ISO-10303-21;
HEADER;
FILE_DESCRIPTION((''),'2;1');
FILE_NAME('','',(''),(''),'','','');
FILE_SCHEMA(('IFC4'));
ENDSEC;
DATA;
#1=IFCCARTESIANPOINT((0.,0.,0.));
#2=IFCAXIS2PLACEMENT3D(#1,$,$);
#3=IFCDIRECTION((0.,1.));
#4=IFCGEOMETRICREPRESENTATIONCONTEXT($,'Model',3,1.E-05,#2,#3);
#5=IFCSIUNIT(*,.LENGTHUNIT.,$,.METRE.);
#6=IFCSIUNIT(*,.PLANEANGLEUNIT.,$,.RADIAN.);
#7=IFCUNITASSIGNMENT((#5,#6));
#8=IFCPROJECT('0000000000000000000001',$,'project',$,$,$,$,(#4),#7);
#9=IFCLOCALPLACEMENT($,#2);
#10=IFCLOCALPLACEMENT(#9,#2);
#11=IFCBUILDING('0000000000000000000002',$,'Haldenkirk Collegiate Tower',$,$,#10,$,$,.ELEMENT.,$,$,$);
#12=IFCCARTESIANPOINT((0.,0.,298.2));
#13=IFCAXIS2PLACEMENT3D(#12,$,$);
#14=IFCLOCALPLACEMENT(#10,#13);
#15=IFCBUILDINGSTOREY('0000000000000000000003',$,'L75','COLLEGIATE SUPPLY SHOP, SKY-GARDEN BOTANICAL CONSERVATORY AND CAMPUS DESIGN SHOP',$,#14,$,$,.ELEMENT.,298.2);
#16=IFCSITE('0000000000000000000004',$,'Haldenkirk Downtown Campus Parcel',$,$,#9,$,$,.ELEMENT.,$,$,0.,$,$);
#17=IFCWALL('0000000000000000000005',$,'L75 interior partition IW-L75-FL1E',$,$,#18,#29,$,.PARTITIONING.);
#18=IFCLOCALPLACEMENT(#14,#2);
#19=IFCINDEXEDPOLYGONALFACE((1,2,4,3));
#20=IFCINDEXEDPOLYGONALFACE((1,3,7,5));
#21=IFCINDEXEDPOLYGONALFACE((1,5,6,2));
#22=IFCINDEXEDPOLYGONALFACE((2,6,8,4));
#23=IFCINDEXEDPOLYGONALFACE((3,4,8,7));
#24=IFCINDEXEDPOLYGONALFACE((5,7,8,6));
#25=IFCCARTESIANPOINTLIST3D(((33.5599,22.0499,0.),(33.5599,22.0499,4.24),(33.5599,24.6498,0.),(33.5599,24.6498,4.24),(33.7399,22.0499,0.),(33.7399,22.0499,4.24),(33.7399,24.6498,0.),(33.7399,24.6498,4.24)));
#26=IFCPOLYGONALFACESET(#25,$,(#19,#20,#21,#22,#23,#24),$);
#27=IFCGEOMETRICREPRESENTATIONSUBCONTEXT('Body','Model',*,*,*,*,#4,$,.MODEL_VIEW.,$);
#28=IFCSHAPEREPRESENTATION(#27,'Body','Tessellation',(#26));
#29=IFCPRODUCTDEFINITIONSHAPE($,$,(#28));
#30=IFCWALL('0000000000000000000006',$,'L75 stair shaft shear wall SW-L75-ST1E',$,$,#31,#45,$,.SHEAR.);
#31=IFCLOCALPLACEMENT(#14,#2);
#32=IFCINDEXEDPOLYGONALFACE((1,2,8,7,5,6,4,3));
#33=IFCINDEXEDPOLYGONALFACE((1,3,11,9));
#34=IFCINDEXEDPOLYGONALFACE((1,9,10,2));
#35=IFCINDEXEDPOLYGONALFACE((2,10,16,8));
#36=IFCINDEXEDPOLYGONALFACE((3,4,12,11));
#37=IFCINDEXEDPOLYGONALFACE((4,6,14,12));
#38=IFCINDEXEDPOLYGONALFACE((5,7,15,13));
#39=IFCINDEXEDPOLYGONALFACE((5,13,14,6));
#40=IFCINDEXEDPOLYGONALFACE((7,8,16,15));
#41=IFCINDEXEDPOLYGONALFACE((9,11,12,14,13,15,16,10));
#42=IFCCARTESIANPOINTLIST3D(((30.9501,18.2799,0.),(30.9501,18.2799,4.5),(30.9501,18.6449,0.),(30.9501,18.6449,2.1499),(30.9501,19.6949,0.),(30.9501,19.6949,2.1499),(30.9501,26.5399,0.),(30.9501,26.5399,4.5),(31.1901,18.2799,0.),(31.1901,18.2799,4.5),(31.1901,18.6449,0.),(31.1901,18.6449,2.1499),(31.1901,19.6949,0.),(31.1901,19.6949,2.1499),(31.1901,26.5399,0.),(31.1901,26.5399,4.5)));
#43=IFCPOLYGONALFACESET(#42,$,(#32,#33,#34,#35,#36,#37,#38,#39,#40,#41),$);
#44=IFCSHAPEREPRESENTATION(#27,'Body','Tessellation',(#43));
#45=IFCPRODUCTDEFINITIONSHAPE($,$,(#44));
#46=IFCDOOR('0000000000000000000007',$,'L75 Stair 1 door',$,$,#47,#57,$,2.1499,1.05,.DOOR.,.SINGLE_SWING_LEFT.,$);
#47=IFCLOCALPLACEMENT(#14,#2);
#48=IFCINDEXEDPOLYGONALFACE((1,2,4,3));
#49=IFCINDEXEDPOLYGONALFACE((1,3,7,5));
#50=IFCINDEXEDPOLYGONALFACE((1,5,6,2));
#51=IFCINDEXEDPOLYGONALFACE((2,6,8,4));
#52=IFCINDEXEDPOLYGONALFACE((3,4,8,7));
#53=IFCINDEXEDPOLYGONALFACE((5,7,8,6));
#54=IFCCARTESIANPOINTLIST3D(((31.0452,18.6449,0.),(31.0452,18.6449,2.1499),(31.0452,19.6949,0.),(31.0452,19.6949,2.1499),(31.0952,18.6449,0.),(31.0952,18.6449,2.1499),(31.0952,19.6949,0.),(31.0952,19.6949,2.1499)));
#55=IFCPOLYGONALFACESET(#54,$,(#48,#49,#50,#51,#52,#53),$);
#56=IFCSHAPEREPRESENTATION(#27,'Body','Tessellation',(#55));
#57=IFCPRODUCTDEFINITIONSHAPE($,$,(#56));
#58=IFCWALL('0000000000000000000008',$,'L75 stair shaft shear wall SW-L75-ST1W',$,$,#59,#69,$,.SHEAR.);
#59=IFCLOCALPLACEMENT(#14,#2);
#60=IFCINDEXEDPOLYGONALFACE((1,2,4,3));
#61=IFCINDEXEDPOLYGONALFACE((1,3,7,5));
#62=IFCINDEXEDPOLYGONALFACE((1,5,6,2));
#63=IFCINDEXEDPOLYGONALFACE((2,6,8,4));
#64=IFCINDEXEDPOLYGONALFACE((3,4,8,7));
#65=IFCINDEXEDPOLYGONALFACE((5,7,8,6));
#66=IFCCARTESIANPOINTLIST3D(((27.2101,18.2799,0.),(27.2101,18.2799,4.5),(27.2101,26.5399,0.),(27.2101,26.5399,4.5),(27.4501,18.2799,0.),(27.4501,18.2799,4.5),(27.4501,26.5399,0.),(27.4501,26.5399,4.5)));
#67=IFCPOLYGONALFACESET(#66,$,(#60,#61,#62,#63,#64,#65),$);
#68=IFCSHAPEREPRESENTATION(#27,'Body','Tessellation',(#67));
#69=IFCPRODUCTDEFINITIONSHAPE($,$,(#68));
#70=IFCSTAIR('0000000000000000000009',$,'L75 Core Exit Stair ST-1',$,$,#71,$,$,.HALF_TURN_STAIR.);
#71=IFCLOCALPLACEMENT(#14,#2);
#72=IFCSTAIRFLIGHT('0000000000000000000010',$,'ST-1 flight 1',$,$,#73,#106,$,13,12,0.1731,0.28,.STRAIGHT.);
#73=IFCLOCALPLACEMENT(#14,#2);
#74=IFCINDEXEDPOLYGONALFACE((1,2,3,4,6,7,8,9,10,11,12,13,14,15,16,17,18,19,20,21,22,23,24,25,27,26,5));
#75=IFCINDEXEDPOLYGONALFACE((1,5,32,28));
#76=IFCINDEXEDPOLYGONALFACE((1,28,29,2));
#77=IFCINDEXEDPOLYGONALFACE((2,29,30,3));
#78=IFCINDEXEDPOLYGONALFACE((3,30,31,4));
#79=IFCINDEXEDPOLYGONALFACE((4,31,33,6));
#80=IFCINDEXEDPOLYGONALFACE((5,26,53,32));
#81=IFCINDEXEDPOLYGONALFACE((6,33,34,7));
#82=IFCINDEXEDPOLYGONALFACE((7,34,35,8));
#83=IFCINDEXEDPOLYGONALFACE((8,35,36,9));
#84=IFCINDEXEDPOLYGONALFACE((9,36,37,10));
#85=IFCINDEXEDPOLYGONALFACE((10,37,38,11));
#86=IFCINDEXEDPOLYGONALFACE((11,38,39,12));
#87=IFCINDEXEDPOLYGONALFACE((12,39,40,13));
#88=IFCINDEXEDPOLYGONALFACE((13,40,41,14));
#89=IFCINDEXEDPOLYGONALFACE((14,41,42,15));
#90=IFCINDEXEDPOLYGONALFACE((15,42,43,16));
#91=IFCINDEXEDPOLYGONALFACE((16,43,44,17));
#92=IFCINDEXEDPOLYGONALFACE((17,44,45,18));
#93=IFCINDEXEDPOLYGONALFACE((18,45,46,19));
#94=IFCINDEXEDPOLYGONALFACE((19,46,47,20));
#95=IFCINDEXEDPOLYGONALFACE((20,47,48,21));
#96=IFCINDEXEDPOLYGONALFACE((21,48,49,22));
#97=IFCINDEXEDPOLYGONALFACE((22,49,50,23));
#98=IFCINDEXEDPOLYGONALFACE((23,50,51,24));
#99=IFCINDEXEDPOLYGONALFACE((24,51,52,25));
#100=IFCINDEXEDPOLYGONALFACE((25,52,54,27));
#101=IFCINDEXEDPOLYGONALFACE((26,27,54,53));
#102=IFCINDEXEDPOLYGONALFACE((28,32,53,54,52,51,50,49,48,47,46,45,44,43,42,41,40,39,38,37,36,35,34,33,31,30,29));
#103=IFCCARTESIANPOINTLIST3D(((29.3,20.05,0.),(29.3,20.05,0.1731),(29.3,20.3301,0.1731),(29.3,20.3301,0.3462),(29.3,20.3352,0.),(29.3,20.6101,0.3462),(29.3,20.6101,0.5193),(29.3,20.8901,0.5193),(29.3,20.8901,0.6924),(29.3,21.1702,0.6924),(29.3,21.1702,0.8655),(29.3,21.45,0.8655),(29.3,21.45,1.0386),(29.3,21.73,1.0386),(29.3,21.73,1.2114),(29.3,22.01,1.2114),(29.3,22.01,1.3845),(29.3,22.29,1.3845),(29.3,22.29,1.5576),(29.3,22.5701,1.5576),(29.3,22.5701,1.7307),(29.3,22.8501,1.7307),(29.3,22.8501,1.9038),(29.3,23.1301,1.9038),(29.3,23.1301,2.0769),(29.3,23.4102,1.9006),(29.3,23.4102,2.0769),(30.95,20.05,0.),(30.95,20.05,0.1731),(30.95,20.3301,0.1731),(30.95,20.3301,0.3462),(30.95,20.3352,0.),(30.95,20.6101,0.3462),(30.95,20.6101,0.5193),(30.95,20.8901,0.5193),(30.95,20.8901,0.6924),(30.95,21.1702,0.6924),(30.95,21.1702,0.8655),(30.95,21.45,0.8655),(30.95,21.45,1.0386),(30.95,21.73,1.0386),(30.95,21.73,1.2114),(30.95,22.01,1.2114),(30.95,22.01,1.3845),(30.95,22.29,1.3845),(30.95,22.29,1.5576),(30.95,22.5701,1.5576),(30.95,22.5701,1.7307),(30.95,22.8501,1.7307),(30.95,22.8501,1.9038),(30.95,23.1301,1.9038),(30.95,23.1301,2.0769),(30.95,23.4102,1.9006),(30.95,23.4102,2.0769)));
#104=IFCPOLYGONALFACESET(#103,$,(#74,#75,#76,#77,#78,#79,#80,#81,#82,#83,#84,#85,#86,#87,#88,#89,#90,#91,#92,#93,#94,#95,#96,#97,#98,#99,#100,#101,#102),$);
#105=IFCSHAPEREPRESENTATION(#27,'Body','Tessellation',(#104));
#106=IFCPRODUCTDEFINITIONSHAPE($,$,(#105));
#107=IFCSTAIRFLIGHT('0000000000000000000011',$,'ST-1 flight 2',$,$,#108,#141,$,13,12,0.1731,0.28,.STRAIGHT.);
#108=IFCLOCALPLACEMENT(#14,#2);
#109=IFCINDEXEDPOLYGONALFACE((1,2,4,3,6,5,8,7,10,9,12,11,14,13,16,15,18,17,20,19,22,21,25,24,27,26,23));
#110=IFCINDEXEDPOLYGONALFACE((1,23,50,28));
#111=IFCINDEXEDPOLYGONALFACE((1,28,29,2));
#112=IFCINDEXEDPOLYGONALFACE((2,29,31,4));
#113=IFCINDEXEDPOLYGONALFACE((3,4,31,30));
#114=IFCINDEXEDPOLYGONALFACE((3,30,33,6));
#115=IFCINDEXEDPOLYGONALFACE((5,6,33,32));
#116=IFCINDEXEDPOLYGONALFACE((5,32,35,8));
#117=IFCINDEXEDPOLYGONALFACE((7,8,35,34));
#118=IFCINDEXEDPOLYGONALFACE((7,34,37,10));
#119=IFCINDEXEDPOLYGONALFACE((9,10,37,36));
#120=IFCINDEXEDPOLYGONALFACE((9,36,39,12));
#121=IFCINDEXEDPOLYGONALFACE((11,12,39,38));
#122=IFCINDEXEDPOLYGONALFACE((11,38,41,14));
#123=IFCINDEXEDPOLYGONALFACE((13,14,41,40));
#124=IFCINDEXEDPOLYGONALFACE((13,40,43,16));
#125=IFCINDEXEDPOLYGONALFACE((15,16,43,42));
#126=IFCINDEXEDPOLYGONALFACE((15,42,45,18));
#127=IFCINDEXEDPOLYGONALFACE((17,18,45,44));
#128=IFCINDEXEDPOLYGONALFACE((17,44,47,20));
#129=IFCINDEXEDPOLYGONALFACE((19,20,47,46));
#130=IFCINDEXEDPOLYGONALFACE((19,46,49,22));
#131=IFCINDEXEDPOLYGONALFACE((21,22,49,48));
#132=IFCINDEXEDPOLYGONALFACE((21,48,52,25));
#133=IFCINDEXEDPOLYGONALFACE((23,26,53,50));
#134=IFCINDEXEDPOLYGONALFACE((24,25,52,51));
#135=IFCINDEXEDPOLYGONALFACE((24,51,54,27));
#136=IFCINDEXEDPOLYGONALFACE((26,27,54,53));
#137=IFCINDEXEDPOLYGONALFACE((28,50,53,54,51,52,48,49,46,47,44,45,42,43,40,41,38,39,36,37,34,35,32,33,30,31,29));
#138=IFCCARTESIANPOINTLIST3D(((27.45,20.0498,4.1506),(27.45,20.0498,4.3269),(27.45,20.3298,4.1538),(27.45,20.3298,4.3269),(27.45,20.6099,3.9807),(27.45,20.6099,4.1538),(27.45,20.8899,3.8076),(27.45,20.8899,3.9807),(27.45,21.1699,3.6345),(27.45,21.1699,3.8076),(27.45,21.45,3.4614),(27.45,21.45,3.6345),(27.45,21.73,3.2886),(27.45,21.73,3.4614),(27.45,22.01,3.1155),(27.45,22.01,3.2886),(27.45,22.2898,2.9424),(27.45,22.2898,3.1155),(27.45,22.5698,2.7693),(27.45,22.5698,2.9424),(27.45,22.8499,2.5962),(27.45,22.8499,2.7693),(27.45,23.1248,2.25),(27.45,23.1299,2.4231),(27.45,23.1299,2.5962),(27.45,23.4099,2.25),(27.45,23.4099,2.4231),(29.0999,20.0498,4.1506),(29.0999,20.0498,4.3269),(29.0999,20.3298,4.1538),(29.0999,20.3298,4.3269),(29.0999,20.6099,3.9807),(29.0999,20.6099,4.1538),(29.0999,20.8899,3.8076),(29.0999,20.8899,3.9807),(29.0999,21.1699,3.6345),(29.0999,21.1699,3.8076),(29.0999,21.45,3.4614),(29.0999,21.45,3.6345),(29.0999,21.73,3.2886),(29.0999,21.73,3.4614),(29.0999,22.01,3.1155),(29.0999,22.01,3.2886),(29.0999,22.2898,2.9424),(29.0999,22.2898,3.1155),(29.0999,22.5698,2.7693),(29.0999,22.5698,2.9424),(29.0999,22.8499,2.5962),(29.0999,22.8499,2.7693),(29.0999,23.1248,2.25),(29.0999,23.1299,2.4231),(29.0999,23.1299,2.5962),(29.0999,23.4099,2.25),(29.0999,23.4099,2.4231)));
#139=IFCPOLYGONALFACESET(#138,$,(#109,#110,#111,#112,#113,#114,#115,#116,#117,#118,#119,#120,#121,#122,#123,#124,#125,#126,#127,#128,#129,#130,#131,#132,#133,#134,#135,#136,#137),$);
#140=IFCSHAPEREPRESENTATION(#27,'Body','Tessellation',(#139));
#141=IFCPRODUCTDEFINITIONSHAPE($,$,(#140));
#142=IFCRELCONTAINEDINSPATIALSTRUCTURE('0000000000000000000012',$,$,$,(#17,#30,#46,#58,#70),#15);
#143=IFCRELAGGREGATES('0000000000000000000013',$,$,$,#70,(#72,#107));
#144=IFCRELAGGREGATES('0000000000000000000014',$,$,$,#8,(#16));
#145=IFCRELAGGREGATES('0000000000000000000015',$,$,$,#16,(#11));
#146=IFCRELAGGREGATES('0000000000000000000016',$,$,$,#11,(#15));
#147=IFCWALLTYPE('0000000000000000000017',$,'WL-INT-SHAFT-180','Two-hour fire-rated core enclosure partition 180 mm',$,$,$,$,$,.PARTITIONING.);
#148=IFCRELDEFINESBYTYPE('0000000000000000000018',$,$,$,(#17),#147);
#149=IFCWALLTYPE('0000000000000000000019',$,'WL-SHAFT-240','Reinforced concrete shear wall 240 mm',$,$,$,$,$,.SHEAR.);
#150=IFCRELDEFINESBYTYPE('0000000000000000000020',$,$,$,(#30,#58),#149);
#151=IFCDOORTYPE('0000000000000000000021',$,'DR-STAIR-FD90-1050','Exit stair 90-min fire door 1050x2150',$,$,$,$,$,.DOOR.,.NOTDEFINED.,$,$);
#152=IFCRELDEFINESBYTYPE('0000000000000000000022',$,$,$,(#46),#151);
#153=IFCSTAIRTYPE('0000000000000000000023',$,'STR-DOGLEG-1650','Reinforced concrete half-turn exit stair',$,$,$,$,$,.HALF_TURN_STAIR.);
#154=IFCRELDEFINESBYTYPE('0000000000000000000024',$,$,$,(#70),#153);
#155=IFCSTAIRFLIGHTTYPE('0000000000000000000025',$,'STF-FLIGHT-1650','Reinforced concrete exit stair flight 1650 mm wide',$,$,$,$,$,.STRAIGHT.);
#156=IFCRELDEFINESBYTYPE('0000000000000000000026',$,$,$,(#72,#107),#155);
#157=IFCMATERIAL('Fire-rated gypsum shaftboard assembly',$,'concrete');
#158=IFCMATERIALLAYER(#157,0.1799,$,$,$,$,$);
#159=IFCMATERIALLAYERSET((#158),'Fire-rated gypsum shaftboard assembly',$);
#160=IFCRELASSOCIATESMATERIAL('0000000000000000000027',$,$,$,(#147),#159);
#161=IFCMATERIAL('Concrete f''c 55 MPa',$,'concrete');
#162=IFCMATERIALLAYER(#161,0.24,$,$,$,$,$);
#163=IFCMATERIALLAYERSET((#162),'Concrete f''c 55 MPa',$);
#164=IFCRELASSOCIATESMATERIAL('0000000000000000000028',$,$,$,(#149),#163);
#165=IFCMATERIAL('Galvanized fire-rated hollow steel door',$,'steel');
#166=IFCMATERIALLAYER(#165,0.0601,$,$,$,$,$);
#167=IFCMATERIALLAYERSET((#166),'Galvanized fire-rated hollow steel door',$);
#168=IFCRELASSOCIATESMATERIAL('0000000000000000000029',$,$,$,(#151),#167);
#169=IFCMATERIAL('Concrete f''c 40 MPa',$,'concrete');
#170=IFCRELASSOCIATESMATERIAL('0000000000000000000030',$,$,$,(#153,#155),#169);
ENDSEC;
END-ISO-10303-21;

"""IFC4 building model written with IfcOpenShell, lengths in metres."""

from ifc_helpers import new_model, si_unit, direction, frame, frame_2d, origin, place, context, subcontext, project, spatial, polyline, rectangle, outline, extrude, material, layer, layer_set, type_object, element, fill, aggregate, save


model = new_model("IFC4")

# Units and contexts
model_context = context("Model", 3, precision=1e-05, world=origin(), true_north=direction((0.0, 1.0)))
body_context = subcontext(model_context, "Body", "Model", "MODEL_VIEW")
ifc_project = project(units=[si_unit("LENGTHUNIT", "METRE"), si_unit("PLANEANGLEUNIT", "RADIAN")], contexts=[model_context])

# Site, building, storey
site_placement = place(None, origin())
site = spatial("IfcSite", under=ifc_project, at=site_placement, Name="Haldenkirk Downtown Campus Parcel", CompositionType="ELEMENT", RefElevation=0.0)
building_placement = place(site_placement, origin())
building = spatial("IfcBuilding", under=site, at=building_placement, Name="Haldenkirk Collegiate Tower", CompositionType="ELEMENT")
storey_placement = place(building_placement, frame((0.0, 0.0, 298.2)))
storey = spatial("IfcBuildingStorey", under=building, at=storey_placement, Name="L75", Description="COLLEGIATE SUPPLY SHOP, SKY-GARDEN BOTANICAL CONSERVATORY AND CAMPUS DESIGN SHOP", CompositionType="ELEMENT", Elevation=298.2)

# Shared definitions
ifc_material_1 = material(Name="Concrete f'c 55 MPa", Category="concrete")
ifc_material_2 = material(Name="Galvanized fire-rated hollow steel door", Category="steel")

# Wall
ifc_material_3 = material(Name="Fire-rated gypsum shaftboard assembly", Category="concrete")
ifc_layer_1 = layer(ifc_material_3, 0.1799)
ifc_layer_set_1 = layer_set([ifc_layer_1], Name="Fire-rated gypsum shaftboard assembly")
wall_type_1 = type_object("IfcWallType", Name="WL-INT-SHAFT-180", Description="Two-hour fire-rated core enclosure partition 180 mm", PredefinedType="PARTITIONING", material=ifc_layer_set_1)
wall_1_placement = place(storey_placement, frame((33.6499, 22.05, 0.0), z_axis=(0.0, 0.0, 1.0), x_axis=(0.0, 1.0, 0.0)))
element("IfcWall", 1, at=wall_1_placement, inside=storey, type_object=wall_type_1, Name="L75 interior partition IW-L75-FL1E", PredefinedType="PARTITIONING", context=body_context, shape_type="SweptSolid", body=[
    extrude(rectangle(XDim=2.5999, YDim=0.1799, at=frame_2d((1.2998, 0.0))), origin(), (0.0, 0.0, 1.0), 4.24),
])

# Wall, opening, door
ifc_layer_2 = layer(ifc_material_1, 0.24)
ifc_layer_set_2 = layer_set([ifc_layer_2], Name="Concrete f'c 55 MPa")
wall_type_2 = type_object("IfcWallType", Name="WL-SHAFT-240", Description="Reinforced concrete shear wall 240 mm", PredefinedType="SHEAR", material=ifc_layer_set_2)
wall_2_placement = place(storey_placement, frame((31.0701, 18.28, 0.0), z_axis=(0.0, 0.0, 1.0), x_axis=(0.0, 1.0, 0.0)))
wall_2 = element("IfcWall", 2, at=wall_2_placement, inside=storey, type_object=wall_type_2, Name="L75 stair shaft shear wall SW-L75-ST1E", PredefinedType="SHEAR", context=body_context, shape_type="SweptSolid", body=[
    extrude(rectangle(XDim=8.26, YDim=0.24, at=frame_2d((4.1299, 0.0))), origin(), (0.0, 0.0, 1.0), 4.5),
])
opening_1_placement = place(wall_2_placement, frame((0.365, 0.0, 0.0)))
opening_1 = element("IfcOpeningElement", 3, at=opening_1_placement, cuts=wall_2, PredefinedType="OPENING", context=body_context, shape_type="SweptSolid", body=[
    extrude(rectangle(XDim=1.05, YDim=2.1499, at=frame_2d((0.5249, 1.075))), frame((0.0, 0.1299, 0.0), z_axis=(0.0, -1.0, 0.0), x_axis=(1.0, 0.0, 0.0)), (0.0, 0.0, 1.0), 0.26),
])
ifc_layer_3 = layer(ifc_material_2, 0.0601)
ifc_layer_set_3 = layer_set([ifc_layer_3], Name="Galvanized fire-rated hollow steel door")
door_type_1 = type_object("IfcDoorType", Name="DR-STAIR-FD90-1050", Description="Exit stair 90-min fire door 1050x2150", OperationType="NOTDEFINED", PredefinedType="DOOR", material=ifc_layer_set_3)
door_1_placement = place(opening_1_placement, origin())
door_1 = element("IfcDoor", 4, at=door_1_placement, inside=storey, type_object=door_type_1, Name="L75 Stair 1 door", OperationType="SINGLE_SWING_LEFT", OverallHeight=2.1499, OverallWidth=1.05, PredefinedType="DOOR", context=body_context, shape_type="SweptSolid", body=[
    extrude(rectangle(XDim=1.05, YDim=2.1499, at=frame_2d((0.5249, 1.075))), frame((0.0, 0.0249, 0.0), z_axis=(0.0, -1.0, 0.0), x_axis=(1.0, 0.0, 0.0)), (0.0, 0.0, 1.0), 0.05),
])
fill(opening_1, door_1)

# Wall
wall_3_placement = place(storey_placement, frame((27.3301, 18.28, 0.0), z_axis=(0.0, 0.0, 1.0), x_axis=(0.0, 1.0, 0.0)))
element("IfcWall", 5, at=wall_3_placement, inside=storey, type_object=wall_type_2, Name="L75 stair shaft shear wall SW-L75-ST1W", PredefinedType="SHEAR", context=body_context, shape_type="SweptSolid", body=[
    extrude(rectangle(XDim=8.26, YDim=0.24, at=frame_2d((4.1299, 0.0))), origin(), (0.0, 0.0, 1.0), 4.5),
])

# Stair, stair flights
ifc_material_4 = material(Name="Concrete f'c 40 MPa", Category="concrete")
stair_type = type_object("IfcStairType", Name="STR-DOGLEG-1650", Description="Reinforced concrete half-turn exit stair", PredefinedType="HALF_TURN_STAIR", material=ifc_material_4)
stair_placement = place(storey_placement, origin())
stair = element("IfcStair", 6, at=stair_placement, inside=storey, type_object=stair_type, Name="L75 Core Exit Stair ST-1", PredefinedType="HALF_TURN_STAIR")
stair_flight_type = type_object("IfcStairFlightType", Name="STF-FLIGHT-1650", Description="Reinforced concrete exit stair flight 1650 mm wide", PredefinedType="STRAIGHT", material=ifc_material_4)
stair_flight_1_placement = place(storey_placement, frame((30.125, 20.05, 0.0), z_axis=(0.0, 0.0, 1.0), x_axis=(0.0, 1.0, 0.0)))
stair_flight_1 = element("IfcStairFlight", 7, at=stair_flight_1_placement, type_object=stair_flight_type, Name="ST-1 flight 1", NumberOfRisers=13, NumberOfTreads=12, PredefinedType="STRAIGHT", RiserHeight=0.1731, TreadLength=0.28, context=body_context, shape_type="SweptSolid", body=[
    extrude(outline(polyline([(0.0, 0.0), (0.0, 0.1731), (0.28, 0.1731), (0.28, 0.3462), (0.5601, 0.3462), (0.5601, 0.5193), (0.8401, 0.5193), (0.8401, 0.6924), (1.1201, 0.6924), (1.1201, 0.8655), (1.3999, 0.8655), (1.3999, 1.0386), (1.6799, 1.0386), (1.6799, 1.2114), (1.96, 1.2114), (1.96, 1.3845), (2.24, 1.3845), (2.24, 1.5576), (2.52, 1.5576), (2.52, 1.7307), (2.8, 1.7307), (2.8, 1.9038), (3.0801, 1.9038), (3.0801, 2.0769), (3.3601, 2.0769), (3.3601, 2.25), (3.3601, 1.9006), (0.2852, 0.0), (0.0, 0.0)])), frame((0.0, 0.825, 0.0), z_axis=(0.0, -1.0, 0.0), x_axis=(1.0, 0.0, 0.0)), (0.0, 0.0, 1.0), 1.6499),
])
stair_flight_2_placement = place(storey_placement, frame((28.2749, 23.4099, 2.25), z_axis=(0.0, 0.0, 1.0), x_axis=(0.0, -1.0, 0.0)))
stair_flight_2 = element("IfcStairFlight", 8, at=stair_flight_2_placement, type_object=stair_flight_type, Name="ST-1 flight 2", NumberOfRisers=13, NumberOfTreads=12, PredefinedType="STRAIGHT", RiserHeight=0.1731, TreadLength=0.28, context=body_context, shape_type="SweptSolid", body=[
    extrude(outline(polyline([(0.0, 0.0), (0.0, 0.1731), (0.28, 0.1731), (0.28, 0.3462), (0.5601, 0.3462), (0.5601, 0.5193), (0.8401, 0.5193), (0.8401, 0.6924), (1.1201, 0.6924), (1.1201, 0.8655), (1.3999, 0.8655), (1.3999, 1.0386), (1.6799, 1.0386), (1.6799, 1.2114), (1.96, 1.2114), (1.96, 1.3845), (2.24, 1.3845), (2.24, 1.5576), (2.52, 1.5576), (2.52, 1.7307), (2.8, 1.7307), (2.8, 1.9038), (3.0801, 1.9038), (3.0801, 2.0769), (3.3601, 2.0769), (3.3601, 2.25), (3.3601, 1.9006), (0.2852, 0.0), (0.0, 0.0)])), frame((0.0, 0.825, 0.0), z_axis=(0.0, -1.0, 0.0), x_axis=(1.0, 0.0, 0.0)), (0.0, 0.0, 1.0), 1.6499),
])
aggregate(stair, [stair_flight_1, stair_flight_2])

save(model, "model.ifc")
